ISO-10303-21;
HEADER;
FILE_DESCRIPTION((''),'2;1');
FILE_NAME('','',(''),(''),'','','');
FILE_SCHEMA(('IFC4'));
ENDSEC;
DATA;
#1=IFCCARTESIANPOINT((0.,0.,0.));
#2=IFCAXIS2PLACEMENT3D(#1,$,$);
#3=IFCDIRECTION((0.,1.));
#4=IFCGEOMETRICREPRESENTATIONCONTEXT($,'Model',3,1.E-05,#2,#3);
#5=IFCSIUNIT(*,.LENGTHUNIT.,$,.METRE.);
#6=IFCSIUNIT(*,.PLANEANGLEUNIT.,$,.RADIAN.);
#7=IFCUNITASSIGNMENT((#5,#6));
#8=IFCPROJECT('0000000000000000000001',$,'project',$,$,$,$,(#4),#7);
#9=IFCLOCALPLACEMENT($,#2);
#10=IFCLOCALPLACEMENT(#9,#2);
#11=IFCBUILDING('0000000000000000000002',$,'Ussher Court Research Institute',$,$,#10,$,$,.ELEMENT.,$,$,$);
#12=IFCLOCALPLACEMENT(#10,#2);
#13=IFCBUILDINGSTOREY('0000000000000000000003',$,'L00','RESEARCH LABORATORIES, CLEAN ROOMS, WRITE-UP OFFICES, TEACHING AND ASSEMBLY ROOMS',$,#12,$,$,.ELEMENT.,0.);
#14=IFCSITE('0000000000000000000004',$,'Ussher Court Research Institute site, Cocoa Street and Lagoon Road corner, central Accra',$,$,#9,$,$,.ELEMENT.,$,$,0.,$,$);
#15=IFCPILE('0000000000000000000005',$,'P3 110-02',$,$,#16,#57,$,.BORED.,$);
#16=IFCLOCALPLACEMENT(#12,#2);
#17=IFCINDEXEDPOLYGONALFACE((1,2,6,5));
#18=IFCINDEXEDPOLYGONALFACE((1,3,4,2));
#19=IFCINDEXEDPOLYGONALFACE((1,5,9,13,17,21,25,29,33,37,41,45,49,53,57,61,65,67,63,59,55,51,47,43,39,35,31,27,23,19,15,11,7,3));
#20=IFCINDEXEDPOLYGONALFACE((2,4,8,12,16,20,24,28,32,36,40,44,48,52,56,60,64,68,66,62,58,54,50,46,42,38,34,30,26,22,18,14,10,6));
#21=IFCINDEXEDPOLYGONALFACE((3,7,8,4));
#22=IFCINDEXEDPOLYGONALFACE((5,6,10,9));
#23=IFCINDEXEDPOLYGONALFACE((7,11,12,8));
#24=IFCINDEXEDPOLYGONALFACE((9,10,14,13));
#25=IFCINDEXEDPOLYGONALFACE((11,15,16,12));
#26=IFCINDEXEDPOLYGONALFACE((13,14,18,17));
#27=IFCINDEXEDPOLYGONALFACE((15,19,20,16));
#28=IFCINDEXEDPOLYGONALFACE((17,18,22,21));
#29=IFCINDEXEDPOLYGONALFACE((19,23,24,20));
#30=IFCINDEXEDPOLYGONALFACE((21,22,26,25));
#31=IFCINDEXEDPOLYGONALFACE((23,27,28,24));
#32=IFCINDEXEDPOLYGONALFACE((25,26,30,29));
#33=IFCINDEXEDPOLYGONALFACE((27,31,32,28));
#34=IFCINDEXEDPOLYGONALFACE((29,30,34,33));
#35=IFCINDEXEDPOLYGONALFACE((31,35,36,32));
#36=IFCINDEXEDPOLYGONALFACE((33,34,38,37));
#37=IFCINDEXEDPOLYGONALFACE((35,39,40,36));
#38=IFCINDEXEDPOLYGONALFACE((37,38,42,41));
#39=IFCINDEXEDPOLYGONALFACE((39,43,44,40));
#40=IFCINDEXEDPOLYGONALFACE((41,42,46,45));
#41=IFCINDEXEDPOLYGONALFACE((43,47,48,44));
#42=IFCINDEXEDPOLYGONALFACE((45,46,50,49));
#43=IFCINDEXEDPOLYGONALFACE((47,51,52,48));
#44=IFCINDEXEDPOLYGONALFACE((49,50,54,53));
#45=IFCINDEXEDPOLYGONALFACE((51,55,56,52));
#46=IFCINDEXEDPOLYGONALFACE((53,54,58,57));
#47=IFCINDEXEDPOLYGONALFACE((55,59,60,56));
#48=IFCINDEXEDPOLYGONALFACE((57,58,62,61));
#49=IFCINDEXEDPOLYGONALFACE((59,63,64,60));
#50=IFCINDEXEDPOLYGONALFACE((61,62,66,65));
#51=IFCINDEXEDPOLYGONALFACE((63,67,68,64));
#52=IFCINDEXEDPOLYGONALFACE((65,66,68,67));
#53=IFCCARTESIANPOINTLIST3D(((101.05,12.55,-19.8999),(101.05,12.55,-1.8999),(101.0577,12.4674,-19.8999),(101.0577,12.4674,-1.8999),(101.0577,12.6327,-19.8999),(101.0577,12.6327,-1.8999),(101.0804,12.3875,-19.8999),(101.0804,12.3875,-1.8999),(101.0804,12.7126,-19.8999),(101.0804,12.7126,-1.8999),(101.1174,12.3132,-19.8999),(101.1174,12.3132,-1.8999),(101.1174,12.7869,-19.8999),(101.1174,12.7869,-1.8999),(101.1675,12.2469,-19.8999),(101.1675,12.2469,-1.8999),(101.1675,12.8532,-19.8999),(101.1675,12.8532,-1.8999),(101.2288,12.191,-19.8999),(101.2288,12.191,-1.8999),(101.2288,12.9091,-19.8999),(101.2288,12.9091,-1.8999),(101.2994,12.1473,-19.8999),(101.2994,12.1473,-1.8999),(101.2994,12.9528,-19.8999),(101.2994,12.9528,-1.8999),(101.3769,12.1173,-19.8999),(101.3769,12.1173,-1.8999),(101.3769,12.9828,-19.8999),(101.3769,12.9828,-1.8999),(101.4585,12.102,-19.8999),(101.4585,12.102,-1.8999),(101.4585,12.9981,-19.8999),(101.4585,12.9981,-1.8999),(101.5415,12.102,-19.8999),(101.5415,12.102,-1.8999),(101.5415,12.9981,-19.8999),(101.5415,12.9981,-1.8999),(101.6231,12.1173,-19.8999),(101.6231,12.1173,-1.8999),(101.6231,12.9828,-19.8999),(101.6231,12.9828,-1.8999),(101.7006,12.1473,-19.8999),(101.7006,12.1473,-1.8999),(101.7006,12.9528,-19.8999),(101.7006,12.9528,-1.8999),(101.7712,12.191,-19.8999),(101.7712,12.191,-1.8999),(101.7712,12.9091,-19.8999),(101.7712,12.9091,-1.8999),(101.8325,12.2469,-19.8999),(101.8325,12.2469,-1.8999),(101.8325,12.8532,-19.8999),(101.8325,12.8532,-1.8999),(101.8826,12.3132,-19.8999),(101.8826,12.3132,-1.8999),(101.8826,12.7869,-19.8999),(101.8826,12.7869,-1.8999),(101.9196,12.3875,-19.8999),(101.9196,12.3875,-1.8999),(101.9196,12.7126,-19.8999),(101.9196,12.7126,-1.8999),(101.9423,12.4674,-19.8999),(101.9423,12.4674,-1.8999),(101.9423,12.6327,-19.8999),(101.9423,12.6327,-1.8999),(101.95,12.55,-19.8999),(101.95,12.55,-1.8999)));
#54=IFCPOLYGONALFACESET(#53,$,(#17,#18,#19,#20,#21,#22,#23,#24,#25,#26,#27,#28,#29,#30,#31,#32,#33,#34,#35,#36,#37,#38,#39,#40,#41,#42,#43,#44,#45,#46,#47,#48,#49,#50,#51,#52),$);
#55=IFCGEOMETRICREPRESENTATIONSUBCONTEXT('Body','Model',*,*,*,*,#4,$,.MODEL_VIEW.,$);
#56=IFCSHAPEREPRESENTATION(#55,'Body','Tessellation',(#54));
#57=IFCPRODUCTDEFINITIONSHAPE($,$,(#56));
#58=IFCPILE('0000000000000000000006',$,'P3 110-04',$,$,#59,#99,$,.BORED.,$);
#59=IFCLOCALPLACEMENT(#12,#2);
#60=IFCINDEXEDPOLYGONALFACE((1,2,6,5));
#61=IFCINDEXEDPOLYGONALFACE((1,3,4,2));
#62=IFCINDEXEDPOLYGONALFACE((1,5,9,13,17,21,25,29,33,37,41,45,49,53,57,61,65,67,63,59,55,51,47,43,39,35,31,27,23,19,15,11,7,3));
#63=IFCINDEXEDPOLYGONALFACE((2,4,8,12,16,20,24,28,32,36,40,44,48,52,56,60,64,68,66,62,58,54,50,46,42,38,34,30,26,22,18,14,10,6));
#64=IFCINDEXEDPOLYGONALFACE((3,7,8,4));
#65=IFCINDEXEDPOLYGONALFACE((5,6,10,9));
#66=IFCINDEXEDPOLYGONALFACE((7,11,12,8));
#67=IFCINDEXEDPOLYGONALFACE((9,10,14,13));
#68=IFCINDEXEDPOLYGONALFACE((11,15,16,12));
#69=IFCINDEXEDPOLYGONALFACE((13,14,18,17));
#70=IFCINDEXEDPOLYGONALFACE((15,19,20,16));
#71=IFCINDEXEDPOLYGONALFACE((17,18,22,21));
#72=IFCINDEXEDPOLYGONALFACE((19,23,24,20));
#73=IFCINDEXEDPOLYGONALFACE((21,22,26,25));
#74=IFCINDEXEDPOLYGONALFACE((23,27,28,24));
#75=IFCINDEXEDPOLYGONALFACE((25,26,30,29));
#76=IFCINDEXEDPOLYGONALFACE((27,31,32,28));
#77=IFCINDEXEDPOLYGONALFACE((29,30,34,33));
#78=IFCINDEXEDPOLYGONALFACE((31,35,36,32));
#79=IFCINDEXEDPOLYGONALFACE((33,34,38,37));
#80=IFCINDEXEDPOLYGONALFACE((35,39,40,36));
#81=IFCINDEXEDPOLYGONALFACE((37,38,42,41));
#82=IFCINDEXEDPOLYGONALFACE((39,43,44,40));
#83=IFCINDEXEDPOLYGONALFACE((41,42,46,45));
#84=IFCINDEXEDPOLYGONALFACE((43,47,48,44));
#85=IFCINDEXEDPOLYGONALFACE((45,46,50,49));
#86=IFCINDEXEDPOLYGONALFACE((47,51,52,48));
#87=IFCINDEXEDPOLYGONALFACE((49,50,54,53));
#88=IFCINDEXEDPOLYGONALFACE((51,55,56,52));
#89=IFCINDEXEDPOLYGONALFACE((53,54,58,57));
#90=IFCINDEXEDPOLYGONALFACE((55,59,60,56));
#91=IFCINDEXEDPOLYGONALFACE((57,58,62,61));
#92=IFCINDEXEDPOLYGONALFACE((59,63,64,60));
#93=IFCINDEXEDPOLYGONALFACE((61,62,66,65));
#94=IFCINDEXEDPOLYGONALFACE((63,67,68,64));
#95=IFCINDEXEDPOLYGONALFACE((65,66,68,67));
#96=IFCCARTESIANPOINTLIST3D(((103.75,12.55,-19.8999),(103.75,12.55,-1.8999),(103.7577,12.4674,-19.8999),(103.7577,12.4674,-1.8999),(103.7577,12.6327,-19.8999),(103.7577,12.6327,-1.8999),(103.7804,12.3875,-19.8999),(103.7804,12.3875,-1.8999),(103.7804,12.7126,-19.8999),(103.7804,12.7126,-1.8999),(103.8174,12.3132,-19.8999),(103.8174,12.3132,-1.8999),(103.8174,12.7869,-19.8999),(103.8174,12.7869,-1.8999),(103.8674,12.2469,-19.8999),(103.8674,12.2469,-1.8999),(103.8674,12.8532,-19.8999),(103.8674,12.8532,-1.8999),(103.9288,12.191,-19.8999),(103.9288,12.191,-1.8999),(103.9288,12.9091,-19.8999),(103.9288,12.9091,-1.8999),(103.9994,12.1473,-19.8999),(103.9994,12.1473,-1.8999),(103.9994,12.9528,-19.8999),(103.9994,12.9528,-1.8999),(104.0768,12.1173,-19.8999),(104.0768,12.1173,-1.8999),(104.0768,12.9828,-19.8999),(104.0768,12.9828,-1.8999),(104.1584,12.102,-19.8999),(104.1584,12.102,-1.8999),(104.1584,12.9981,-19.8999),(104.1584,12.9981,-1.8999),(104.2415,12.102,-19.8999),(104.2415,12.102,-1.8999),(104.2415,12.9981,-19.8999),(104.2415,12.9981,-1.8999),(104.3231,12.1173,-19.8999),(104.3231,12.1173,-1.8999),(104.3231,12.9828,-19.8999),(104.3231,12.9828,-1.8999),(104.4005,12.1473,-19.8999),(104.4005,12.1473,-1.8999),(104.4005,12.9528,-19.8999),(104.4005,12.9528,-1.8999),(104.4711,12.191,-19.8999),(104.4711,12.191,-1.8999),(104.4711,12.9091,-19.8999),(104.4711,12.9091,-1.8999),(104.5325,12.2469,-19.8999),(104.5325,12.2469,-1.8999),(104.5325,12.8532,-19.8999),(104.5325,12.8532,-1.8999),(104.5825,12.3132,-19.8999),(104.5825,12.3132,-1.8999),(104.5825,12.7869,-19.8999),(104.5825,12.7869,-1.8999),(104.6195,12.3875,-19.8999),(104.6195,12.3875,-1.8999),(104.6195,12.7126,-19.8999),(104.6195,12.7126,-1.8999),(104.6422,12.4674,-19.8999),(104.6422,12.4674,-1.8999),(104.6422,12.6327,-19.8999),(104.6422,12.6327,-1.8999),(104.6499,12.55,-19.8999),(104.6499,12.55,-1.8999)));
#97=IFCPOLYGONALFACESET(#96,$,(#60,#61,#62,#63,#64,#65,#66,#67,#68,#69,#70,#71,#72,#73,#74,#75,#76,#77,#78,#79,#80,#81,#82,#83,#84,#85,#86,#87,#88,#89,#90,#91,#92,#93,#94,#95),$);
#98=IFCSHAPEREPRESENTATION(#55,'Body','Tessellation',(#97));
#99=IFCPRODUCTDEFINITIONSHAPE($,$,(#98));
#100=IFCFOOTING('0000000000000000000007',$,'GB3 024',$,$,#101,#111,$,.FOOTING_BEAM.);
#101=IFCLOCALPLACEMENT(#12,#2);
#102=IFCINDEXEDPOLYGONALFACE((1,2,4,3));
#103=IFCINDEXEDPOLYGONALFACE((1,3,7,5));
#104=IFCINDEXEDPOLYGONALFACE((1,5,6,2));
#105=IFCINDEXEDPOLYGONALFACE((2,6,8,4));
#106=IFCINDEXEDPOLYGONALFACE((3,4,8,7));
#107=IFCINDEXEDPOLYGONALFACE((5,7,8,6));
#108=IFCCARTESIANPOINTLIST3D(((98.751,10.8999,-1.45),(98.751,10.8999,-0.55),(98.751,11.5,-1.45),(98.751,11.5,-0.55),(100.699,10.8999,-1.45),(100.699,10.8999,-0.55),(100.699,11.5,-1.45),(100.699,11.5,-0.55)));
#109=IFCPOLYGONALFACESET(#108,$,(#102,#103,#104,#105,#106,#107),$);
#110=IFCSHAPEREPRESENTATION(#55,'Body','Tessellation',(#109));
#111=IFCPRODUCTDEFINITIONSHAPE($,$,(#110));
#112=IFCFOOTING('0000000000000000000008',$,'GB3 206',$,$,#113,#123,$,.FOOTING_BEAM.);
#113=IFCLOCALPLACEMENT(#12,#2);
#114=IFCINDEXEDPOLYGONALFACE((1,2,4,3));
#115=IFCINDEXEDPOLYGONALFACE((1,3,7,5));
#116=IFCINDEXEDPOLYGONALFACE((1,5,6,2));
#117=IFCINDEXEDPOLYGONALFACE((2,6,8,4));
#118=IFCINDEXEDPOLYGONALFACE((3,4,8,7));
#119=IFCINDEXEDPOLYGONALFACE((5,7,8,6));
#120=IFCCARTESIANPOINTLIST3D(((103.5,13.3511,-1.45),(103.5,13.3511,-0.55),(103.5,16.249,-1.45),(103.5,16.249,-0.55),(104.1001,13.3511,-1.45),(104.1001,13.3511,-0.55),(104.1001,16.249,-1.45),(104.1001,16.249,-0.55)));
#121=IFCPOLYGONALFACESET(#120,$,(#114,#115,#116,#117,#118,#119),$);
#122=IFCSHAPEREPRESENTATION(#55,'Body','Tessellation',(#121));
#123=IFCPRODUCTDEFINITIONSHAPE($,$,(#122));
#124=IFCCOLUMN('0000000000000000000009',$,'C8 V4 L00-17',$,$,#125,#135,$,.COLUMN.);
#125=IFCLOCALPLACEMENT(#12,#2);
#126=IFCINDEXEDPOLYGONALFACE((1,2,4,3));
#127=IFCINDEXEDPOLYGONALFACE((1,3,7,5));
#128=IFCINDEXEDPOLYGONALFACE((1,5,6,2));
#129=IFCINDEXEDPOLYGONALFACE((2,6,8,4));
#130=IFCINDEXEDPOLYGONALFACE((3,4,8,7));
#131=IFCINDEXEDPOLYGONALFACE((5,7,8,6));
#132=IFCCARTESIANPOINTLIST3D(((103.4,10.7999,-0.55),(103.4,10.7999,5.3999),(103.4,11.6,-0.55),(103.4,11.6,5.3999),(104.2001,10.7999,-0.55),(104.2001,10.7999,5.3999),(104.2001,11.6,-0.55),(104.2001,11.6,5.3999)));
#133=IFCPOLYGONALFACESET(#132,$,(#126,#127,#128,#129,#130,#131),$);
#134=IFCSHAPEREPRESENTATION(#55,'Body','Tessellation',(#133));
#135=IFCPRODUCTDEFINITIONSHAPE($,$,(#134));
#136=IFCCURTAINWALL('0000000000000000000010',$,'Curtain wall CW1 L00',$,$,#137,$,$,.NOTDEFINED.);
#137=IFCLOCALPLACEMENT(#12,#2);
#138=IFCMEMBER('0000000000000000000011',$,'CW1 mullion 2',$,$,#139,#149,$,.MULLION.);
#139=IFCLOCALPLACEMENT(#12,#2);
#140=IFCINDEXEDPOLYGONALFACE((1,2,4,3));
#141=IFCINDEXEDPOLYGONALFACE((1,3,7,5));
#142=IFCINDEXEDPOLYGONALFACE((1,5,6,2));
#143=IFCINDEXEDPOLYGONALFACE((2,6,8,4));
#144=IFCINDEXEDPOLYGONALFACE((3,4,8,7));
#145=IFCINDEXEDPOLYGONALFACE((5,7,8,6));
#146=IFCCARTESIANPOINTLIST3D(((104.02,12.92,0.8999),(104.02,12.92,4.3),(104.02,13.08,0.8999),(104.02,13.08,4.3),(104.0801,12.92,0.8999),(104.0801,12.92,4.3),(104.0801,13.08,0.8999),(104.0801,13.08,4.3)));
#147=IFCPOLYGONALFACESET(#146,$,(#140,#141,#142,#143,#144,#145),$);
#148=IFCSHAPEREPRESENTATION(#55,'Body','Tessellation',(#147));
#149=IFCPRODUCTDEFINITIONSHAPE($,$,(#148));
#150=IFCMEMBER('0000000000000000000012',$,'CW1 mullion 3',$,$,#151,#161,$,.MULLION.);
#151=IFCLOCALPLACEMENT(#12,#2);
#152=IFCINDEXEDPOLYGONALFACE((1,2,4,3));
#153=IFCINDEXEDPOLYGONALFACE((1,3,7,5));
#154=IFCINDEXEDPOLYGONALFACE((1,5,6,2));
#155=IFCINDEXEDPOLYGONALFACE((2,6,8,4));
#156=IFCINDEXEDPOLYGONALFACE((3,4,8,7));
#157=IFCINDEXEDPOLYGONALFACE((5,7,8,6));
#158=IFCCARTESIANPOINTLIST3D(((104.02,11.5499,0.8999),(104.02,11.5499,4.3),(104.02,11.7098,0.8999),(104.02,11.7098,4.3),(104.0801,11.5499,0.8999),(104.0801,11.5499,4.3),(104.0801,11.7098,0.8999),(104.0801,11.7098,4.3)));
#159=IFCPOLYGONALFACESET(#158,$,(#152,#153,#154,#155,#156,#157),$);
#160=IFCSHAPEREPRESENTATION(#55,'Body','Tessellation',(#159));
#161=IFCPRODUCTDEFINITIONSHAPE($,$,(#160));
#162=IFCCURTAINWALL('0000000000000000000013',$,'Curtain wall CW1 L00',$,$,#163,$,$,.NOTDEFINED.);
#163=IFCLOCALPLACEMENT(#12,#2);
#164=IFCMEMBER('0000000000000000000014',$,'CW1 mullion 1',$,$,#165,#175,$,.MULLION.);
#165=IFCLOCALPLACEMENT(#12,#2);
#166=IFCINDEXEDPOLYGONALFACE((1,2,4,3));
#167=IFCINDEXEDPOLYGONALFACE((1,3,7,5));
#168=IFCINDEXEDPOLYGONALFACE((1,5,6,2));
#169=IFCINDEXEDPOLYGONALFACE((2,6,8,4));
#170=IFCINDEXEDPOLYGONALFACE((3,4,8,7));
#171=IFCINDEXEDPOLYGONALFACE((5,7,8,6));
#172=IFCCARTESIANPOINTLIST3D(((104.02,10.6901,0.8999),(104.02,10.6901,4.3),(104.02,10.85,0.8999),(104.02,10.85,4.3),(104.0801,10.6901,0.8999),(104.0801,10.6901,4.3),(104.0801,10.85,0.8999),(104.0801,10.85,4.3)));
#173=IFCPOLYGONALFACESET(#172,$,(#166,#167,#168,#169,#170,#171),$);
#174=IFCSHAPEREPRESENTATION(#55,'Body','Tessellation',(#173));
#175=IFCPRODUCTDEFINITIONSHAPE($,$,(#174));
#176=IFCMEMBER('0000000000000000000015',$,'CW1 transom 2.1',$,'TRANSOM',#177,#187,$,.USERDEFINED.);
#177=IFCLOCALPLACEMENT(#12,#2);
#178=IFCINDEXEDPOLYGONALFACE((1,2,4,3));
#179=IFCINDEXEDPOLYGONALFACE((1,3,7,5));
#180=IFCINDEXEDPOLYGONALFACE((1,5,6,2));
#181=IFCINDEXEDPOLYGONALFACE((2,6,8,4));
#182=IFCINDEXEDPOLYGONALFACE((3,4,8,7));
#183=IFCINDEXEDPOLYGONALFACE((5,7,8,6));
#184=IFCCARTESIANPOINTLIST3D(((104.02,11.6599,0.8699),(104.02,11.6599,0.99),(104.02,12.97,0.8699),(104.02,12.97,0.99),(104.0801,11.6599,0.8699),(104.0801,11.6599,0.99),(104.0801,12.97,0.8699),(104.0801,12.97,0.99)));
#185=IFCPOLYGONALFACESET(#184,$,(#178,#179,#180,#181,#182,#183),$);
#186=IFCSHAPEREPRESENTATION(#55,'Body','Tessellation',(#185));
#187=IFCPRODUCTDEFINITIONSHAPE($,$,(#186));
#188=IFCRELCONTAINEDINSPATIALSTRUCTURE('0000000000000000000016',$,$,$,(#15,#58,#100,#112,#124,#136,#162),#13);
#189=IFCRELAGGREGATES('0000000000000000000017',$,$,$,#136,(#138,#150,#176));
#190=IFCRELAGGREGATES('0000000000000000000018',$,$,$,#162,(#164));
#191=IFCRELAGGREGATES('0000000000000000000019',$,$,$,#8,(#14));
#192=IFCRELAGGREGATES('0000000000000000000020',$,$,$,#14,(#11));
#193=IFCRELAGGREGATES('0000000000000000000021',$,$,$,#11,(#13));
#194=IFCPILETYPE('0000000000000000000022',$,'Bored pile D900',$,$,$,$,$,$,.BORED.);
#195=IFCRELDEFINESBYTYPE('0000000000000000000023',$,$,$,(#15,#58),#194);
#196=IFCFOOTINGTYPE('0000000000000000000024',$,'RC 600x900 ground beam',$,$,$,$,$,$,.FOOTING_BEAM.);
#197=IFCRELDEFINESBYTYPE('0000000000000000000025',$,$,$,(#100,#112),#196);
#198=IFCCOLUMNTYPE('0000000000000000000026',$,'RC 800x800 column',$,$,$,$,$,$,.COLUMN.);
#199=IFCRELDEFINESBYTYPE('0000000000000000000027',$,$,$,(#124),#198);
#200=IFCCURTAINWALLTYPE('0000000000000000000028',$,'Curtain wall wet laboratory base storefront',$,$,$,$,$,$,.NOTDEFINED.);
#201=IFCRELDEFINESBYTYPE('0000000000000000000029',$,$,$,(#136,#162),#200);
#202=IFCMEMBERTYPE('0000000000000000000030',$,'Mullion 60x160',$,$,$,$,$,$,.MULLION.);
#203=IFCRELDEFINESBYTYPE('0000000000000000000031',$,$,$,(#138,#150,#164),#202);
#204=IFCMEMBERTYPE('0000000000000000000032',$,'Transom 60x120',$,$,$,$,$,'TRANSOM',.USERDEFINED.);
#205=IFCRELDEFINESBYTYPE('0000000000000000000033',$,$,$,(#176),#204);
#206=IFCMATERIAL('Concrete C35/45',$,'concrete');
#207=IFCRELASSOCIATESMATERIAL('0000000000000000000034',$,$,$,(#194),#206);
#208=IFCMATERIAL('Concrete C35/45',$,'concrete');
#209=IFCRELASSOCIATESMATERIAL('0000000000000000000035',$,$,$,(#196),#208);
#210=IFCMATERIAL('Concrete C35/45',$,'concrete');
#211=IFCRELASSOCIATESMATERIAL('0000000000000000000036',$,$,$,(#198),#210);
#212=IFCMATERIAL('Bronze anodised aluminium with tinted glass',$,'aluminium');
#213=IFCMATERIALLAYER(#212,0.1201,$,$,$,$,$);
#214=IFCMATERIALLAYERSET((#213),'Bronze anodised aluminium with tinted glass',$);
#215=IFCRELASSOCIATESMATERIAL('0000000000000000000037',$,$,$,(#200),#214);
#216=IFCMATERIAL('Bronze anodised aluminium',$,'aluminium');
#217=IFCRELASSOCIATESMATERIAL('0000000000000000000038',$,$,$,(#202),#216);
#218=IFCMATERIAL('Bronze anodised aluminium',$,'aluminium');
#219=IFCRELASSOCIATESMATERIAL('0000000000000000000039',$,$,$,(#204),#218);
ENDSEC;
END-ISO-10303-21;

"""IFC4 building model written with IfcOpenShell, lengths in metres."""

from ifc_helpers import new_model, si_unit, direction, frame, origin, origin_2d, place, context, subcontext, project, spatial, rectangle, circle, extrude, material, layer, layer_set, material_profile, profile_set, type_object, element, aggregate, save


model = new_model("IFC4")

# Units and contexts
model_context = context("Model", 3, precision=1e-05, world=origin(), true_north=direction((0.0, 1.0)))
body_context = subcontext(model_context, "Body", "Model", "MODEL_VIEW")
ifc_project = project(units=[si_unit("LENGTHUNIT", "METRE"), si_unit("PLANEANGLEUNIT", "RADIAN")], contexts=[model_context])

# Site, building, storey
site_placement = place(None, origin())
site = spatial("IfcSite", under=ifc_project, at=site_placement, Name="Ussher Court Research Institute site, Cocoa Street and Lagoon Road corner, central Accra", CompositionType="ELEMENT", RefElevation=0.0)
building_placement = place(site_placement, origin())
building = spatial("IfcBuilding", under=site, at=building_placement, Name="Ussher Court Research Institute", CompositionType="ELEMENT")
storey_placement = place(building_placement, origin())
storey = spatial("IfcBuildingStorey", under=building, at=storey_placement, Name="L00", Description="RESEARCH LABORATORIES, CLEAN ROOMS, WRITE-UP OFFICES, TEACHING AND ASSEMBLY ROOMS", CompositionType="ELEMENT", Elevation=0.0)

# Piles
ifc_material_1 = material(Name="Concrete C35/45", Category="concrete")
ifc_material_profile_1 = material_profile(ifc_material_1, circle(Radius=0.45, at=origin_2d()), Name="RC D900")
ifc_profile_set_1 = profile_set([ifc_material_profile_1], Name="Concrete C35/45")
pile_type = type_object("IfcPileType", Name="Bored pile D900", PredefinedType="BORED", material=ifc_profile_set_1)
for number, where, z_axis, x_axis, name in (
    (1, (101.5, 12.55, -1.8999), (0.0, 0.0, -1.0), (1.0, 0.0, 0.0), "P3 110-02"),
    (2, (104.2, 12.55, -1.8999), (0.0, 0.0, -1.0), (1.0, 0.0, 0.0), "P3 110-04"),
):
    element("IfcPile", number, at=place(storey_placement, frame(where, z_axis=z_axis, x_axis=x_axis)), inside=storey, type_object=pile_type, Name=name, PredefinedType="BORED", context=body_context, shape_type="SweptSolid", body=[
        extrude(circle(Radius=0.45, at=origin_2d()), origin(), (0.0, 0.0, 1.0), 18.0),
    ])

# Footings
ifc_material_2 = material(Name="Concrete C35/45", Category="concrete")
ifc_material_profile_2 = material_profile(ifc_material_2, rectangle(XDim=0.6001, YDim=0.8999, at=origin_2d()), Name="RC 600x900")
ifc_profile_set_2 = profile_set([ifc_material_profile_2], Name="Concrete C35/45")
footing_type = type_object("IfcFootingType", Name="RC 600x900 ground beam", PredefinedType="FOOTING_BEAM", material=ifc_profile_set_2)
footing_1_placement = place(storey_placement, frame((98.751, 11.2, -1.0), z_axis=(1.0, 0.0, 0.0), x_axis=(0.0, 1.0, 0.0)))
element("IfcFooting", 3, at=footing_1_placement, inside=storey, type_object=footing_type, Name="GB3 024", PredefinedType="FOOTING_BEAM", context=body_context, shape_type="SweptSolid", body=[
    extrude(rectangle(XDim=0.6001, YDim=0.8999, at=origin_2d()), origin(), (0.0, 0.0, 1.0), 1.948),
])
footing_2_placement = place(storey_placement, frame((103.8, 13.3511, -1.0), z_axis=(0.0, 1.0, 0.0), x_axis=(-1.0, 0.0, 0.0)))
element("IfcFooting", 4, at=footing_2_placement, inside=storey, type_object=footing_type, Name="GB3 206", PredefinedType="FOOTING_BEAM", context=body_context, shape_type="SweptSolid", body=[
    extrude(rectangle(XDim=0.6001, YDim=0.8999, at=origin_2d()), origin(), (0.0, 0.0, 1.0), 2.8979),
])

# Column
ifc_material_3 = material(Name="Concrete C35/45", Category="concrete")
ifc_material_profile_3 = material_profile(ifc_material_3, rectangle(XDim=0.8, YDim=0.8, at=origin_2d()), Name="RC 800x800")
ifc_profile_set_3 = profile_set([ifc_material_profile_3], Name="Concrete C35/45")
column_type = type_object("IfcColumnType", Name="RC 800x800 column", PredefinedType="COLUMN", material=ifc_profile_set_3)
column_placement = place(storey_placement, frame((103.8, 11.2, -0.55), z_axis=(0.0, 0.0, 1.0), x_axis=(1.0, 0.0, 0.0)))
element("IfcColumn", 5, at=column_placement, inside=storey, type_object=column_type, Name="C8 V4 L00-17", PredefinedType="COLUMN", context=body_context, shape_type="SweptSolid", body=[
    extrude(rectangle(XDim=0.8, YDim=0.8, at=origin_2d()), origin(), (0.0, 0.0, 1.0), 5.95),
])

# Curtain wall, members
ifc_material_4 = material(Name="Bronze anodised aluminium with tinted glass", Category="aluminium")
ifc_layer_1 = layer(ifc_material_4, 0.1201)
ifc_layer_set_1 = layer_set([ifc_layer_1], Name="Bronze anodised aluminium with tinted glass")
curtain_wall_type = type_object("IfcCurtainWallType", Name="Curtain wall wet laboratory base storefront", PredefinedType="NOTDEFINED", material=ifc_layer_set_1)
curtain_wall_1_placement = place(storey_placement, origin())
curtain_wall_1 = element("IfcCurtainWall", 6, at=curtain_wall_1_placement, inside=storey, type_object=curtain_wall_type, Name="Curtain wall CW1 L00", PredefinedType="NOTDEFINED")
ifc_material_5 = material(Name="Bronze anodised aluminium", Category="aluminium")
ifc_material_profile_4 = material_profile(ifc_material_5, rectangle(XDim=0.0601, YDim=0.1599, at=origin_2d()), Name="Mullion 60x160")
ifc_profile_set_4 = profile_set([ifc_material_profile_4], Name="Bronze anodised aluminium")
member_type_1 = type_object("IfcMemberType", Name="Mullion 60x160", PredefinedType="MULLION", material=ifc_profile_set_4)
member_1_placement = place(storey_placement, frame((104.05, 13.0, 0.8999), z_axis=(0.0, 0.0, 1.0), x_axis=(1.0, 0.0, 0.0)))
member_1 = element("IfcMember", 7, at=member_1_placement, type_object=member_type_1, Name="CW1 mullion 2", PredefinedType="MULLION", context=body_context, shape_type="SweptSolid", body=[
    extrude(rectangle(XDim=0.0601, YDim=0.1599, at=origin_2d()), origin(), (0.0, 0.0, 1.0), 3.4001),
])
member_2_placement = place(storey_placement, frame((104.05, 11.6299, 0.8999), z_axis=(0.0, 0.0, 1.0), x_axis=(1.0, 0.0, 0.0)))
member_2 = element("IfcMember", 8, at=member_2_placement, type_object=member_type_1, Name="CW1 mullion 3", PredefinedType="MULLION", context=body_context, shape_type="SweptSolid", body=[
    extrude(rectangle(XDim=0.0601, YDim=0.1599, at=origin_2d()), origin(), (0.0, 0.0, 1.0), 3.4001),
])

# Curtain wall, member
curtain_wall_2_placement = place(storey_placement, origin())
curtain_wall_2 = element("IfcCurtainWall", 9, at=curtain_wall_2_placement, inside=storey, type_object=curtain_wall_type, Name="Curtain wall CW1 L00", PredefinedType="NOTDEFINED")
member_3_placement = place(storey_placement, frame((104.05, 10.77, 0.8999), z_axis=(0.0, 0.0, 1.0), x_axis=(1.0, 0.0, 0.0)))
member_3 = element("IfcMember", 10, at=member_3_placement, type_object=member_type_1, Name="CW1 mullion 1", PredefinedType="MULLION", context=body_context, shape_type="SweptSolid", body=[
    extrude(rectangle(XDim=0.0601, YDim=0.1599, at=origin_2d()), origin(), (0.0, 0.0, 1.0), 3.4001),
])

# Member
ifc_material_6 = material(Name="Bronze anodised aluminium", Category="aluminium")
ifc_material_profile_5 = material_profile(ifc_material_6, rectangle(XDim=0.0601, YDim=0.1201, at=origin_2d()), Name="Transom 60x120")
ifc_profile_set_5 = profile_set([ifc_material_profile_5], Name="Bronze anodised aluminium")
member_type_2 = type_object("IfcMemberType", Name="Transom 60x120", ElementType="TRANSOM", PredefinedType="USERDEFINED", material=ifc_profile_set_5)
member_4_placement = place(storey_placement, frame((104.05, 12.97, 0.9299), z_axis=(0.0, -1.0, 0.0), x_axis=(1.0, 0.0, 0.0)))
member_4 = element("IfcMember", 11, at=member_4_placement, type_object=member_type_2, Name="CW1 transom 2.1", ObjectType="TRANSOM", PredefinedType="USERDEFINED", context=body_context, shape_type="SweptSolid", body=[
    extrude(rectangle(XDim=0.0601, YDim=0.1201, at=origin_2d()), origin(), (0.0, 0.0, 1.0), 1.3101),
])

aggregate(curtain_wall_1, [member_1, member_2, member_4])
aggregate(curtain_wall_2, [member_3])

save(model, "model.ifc")
